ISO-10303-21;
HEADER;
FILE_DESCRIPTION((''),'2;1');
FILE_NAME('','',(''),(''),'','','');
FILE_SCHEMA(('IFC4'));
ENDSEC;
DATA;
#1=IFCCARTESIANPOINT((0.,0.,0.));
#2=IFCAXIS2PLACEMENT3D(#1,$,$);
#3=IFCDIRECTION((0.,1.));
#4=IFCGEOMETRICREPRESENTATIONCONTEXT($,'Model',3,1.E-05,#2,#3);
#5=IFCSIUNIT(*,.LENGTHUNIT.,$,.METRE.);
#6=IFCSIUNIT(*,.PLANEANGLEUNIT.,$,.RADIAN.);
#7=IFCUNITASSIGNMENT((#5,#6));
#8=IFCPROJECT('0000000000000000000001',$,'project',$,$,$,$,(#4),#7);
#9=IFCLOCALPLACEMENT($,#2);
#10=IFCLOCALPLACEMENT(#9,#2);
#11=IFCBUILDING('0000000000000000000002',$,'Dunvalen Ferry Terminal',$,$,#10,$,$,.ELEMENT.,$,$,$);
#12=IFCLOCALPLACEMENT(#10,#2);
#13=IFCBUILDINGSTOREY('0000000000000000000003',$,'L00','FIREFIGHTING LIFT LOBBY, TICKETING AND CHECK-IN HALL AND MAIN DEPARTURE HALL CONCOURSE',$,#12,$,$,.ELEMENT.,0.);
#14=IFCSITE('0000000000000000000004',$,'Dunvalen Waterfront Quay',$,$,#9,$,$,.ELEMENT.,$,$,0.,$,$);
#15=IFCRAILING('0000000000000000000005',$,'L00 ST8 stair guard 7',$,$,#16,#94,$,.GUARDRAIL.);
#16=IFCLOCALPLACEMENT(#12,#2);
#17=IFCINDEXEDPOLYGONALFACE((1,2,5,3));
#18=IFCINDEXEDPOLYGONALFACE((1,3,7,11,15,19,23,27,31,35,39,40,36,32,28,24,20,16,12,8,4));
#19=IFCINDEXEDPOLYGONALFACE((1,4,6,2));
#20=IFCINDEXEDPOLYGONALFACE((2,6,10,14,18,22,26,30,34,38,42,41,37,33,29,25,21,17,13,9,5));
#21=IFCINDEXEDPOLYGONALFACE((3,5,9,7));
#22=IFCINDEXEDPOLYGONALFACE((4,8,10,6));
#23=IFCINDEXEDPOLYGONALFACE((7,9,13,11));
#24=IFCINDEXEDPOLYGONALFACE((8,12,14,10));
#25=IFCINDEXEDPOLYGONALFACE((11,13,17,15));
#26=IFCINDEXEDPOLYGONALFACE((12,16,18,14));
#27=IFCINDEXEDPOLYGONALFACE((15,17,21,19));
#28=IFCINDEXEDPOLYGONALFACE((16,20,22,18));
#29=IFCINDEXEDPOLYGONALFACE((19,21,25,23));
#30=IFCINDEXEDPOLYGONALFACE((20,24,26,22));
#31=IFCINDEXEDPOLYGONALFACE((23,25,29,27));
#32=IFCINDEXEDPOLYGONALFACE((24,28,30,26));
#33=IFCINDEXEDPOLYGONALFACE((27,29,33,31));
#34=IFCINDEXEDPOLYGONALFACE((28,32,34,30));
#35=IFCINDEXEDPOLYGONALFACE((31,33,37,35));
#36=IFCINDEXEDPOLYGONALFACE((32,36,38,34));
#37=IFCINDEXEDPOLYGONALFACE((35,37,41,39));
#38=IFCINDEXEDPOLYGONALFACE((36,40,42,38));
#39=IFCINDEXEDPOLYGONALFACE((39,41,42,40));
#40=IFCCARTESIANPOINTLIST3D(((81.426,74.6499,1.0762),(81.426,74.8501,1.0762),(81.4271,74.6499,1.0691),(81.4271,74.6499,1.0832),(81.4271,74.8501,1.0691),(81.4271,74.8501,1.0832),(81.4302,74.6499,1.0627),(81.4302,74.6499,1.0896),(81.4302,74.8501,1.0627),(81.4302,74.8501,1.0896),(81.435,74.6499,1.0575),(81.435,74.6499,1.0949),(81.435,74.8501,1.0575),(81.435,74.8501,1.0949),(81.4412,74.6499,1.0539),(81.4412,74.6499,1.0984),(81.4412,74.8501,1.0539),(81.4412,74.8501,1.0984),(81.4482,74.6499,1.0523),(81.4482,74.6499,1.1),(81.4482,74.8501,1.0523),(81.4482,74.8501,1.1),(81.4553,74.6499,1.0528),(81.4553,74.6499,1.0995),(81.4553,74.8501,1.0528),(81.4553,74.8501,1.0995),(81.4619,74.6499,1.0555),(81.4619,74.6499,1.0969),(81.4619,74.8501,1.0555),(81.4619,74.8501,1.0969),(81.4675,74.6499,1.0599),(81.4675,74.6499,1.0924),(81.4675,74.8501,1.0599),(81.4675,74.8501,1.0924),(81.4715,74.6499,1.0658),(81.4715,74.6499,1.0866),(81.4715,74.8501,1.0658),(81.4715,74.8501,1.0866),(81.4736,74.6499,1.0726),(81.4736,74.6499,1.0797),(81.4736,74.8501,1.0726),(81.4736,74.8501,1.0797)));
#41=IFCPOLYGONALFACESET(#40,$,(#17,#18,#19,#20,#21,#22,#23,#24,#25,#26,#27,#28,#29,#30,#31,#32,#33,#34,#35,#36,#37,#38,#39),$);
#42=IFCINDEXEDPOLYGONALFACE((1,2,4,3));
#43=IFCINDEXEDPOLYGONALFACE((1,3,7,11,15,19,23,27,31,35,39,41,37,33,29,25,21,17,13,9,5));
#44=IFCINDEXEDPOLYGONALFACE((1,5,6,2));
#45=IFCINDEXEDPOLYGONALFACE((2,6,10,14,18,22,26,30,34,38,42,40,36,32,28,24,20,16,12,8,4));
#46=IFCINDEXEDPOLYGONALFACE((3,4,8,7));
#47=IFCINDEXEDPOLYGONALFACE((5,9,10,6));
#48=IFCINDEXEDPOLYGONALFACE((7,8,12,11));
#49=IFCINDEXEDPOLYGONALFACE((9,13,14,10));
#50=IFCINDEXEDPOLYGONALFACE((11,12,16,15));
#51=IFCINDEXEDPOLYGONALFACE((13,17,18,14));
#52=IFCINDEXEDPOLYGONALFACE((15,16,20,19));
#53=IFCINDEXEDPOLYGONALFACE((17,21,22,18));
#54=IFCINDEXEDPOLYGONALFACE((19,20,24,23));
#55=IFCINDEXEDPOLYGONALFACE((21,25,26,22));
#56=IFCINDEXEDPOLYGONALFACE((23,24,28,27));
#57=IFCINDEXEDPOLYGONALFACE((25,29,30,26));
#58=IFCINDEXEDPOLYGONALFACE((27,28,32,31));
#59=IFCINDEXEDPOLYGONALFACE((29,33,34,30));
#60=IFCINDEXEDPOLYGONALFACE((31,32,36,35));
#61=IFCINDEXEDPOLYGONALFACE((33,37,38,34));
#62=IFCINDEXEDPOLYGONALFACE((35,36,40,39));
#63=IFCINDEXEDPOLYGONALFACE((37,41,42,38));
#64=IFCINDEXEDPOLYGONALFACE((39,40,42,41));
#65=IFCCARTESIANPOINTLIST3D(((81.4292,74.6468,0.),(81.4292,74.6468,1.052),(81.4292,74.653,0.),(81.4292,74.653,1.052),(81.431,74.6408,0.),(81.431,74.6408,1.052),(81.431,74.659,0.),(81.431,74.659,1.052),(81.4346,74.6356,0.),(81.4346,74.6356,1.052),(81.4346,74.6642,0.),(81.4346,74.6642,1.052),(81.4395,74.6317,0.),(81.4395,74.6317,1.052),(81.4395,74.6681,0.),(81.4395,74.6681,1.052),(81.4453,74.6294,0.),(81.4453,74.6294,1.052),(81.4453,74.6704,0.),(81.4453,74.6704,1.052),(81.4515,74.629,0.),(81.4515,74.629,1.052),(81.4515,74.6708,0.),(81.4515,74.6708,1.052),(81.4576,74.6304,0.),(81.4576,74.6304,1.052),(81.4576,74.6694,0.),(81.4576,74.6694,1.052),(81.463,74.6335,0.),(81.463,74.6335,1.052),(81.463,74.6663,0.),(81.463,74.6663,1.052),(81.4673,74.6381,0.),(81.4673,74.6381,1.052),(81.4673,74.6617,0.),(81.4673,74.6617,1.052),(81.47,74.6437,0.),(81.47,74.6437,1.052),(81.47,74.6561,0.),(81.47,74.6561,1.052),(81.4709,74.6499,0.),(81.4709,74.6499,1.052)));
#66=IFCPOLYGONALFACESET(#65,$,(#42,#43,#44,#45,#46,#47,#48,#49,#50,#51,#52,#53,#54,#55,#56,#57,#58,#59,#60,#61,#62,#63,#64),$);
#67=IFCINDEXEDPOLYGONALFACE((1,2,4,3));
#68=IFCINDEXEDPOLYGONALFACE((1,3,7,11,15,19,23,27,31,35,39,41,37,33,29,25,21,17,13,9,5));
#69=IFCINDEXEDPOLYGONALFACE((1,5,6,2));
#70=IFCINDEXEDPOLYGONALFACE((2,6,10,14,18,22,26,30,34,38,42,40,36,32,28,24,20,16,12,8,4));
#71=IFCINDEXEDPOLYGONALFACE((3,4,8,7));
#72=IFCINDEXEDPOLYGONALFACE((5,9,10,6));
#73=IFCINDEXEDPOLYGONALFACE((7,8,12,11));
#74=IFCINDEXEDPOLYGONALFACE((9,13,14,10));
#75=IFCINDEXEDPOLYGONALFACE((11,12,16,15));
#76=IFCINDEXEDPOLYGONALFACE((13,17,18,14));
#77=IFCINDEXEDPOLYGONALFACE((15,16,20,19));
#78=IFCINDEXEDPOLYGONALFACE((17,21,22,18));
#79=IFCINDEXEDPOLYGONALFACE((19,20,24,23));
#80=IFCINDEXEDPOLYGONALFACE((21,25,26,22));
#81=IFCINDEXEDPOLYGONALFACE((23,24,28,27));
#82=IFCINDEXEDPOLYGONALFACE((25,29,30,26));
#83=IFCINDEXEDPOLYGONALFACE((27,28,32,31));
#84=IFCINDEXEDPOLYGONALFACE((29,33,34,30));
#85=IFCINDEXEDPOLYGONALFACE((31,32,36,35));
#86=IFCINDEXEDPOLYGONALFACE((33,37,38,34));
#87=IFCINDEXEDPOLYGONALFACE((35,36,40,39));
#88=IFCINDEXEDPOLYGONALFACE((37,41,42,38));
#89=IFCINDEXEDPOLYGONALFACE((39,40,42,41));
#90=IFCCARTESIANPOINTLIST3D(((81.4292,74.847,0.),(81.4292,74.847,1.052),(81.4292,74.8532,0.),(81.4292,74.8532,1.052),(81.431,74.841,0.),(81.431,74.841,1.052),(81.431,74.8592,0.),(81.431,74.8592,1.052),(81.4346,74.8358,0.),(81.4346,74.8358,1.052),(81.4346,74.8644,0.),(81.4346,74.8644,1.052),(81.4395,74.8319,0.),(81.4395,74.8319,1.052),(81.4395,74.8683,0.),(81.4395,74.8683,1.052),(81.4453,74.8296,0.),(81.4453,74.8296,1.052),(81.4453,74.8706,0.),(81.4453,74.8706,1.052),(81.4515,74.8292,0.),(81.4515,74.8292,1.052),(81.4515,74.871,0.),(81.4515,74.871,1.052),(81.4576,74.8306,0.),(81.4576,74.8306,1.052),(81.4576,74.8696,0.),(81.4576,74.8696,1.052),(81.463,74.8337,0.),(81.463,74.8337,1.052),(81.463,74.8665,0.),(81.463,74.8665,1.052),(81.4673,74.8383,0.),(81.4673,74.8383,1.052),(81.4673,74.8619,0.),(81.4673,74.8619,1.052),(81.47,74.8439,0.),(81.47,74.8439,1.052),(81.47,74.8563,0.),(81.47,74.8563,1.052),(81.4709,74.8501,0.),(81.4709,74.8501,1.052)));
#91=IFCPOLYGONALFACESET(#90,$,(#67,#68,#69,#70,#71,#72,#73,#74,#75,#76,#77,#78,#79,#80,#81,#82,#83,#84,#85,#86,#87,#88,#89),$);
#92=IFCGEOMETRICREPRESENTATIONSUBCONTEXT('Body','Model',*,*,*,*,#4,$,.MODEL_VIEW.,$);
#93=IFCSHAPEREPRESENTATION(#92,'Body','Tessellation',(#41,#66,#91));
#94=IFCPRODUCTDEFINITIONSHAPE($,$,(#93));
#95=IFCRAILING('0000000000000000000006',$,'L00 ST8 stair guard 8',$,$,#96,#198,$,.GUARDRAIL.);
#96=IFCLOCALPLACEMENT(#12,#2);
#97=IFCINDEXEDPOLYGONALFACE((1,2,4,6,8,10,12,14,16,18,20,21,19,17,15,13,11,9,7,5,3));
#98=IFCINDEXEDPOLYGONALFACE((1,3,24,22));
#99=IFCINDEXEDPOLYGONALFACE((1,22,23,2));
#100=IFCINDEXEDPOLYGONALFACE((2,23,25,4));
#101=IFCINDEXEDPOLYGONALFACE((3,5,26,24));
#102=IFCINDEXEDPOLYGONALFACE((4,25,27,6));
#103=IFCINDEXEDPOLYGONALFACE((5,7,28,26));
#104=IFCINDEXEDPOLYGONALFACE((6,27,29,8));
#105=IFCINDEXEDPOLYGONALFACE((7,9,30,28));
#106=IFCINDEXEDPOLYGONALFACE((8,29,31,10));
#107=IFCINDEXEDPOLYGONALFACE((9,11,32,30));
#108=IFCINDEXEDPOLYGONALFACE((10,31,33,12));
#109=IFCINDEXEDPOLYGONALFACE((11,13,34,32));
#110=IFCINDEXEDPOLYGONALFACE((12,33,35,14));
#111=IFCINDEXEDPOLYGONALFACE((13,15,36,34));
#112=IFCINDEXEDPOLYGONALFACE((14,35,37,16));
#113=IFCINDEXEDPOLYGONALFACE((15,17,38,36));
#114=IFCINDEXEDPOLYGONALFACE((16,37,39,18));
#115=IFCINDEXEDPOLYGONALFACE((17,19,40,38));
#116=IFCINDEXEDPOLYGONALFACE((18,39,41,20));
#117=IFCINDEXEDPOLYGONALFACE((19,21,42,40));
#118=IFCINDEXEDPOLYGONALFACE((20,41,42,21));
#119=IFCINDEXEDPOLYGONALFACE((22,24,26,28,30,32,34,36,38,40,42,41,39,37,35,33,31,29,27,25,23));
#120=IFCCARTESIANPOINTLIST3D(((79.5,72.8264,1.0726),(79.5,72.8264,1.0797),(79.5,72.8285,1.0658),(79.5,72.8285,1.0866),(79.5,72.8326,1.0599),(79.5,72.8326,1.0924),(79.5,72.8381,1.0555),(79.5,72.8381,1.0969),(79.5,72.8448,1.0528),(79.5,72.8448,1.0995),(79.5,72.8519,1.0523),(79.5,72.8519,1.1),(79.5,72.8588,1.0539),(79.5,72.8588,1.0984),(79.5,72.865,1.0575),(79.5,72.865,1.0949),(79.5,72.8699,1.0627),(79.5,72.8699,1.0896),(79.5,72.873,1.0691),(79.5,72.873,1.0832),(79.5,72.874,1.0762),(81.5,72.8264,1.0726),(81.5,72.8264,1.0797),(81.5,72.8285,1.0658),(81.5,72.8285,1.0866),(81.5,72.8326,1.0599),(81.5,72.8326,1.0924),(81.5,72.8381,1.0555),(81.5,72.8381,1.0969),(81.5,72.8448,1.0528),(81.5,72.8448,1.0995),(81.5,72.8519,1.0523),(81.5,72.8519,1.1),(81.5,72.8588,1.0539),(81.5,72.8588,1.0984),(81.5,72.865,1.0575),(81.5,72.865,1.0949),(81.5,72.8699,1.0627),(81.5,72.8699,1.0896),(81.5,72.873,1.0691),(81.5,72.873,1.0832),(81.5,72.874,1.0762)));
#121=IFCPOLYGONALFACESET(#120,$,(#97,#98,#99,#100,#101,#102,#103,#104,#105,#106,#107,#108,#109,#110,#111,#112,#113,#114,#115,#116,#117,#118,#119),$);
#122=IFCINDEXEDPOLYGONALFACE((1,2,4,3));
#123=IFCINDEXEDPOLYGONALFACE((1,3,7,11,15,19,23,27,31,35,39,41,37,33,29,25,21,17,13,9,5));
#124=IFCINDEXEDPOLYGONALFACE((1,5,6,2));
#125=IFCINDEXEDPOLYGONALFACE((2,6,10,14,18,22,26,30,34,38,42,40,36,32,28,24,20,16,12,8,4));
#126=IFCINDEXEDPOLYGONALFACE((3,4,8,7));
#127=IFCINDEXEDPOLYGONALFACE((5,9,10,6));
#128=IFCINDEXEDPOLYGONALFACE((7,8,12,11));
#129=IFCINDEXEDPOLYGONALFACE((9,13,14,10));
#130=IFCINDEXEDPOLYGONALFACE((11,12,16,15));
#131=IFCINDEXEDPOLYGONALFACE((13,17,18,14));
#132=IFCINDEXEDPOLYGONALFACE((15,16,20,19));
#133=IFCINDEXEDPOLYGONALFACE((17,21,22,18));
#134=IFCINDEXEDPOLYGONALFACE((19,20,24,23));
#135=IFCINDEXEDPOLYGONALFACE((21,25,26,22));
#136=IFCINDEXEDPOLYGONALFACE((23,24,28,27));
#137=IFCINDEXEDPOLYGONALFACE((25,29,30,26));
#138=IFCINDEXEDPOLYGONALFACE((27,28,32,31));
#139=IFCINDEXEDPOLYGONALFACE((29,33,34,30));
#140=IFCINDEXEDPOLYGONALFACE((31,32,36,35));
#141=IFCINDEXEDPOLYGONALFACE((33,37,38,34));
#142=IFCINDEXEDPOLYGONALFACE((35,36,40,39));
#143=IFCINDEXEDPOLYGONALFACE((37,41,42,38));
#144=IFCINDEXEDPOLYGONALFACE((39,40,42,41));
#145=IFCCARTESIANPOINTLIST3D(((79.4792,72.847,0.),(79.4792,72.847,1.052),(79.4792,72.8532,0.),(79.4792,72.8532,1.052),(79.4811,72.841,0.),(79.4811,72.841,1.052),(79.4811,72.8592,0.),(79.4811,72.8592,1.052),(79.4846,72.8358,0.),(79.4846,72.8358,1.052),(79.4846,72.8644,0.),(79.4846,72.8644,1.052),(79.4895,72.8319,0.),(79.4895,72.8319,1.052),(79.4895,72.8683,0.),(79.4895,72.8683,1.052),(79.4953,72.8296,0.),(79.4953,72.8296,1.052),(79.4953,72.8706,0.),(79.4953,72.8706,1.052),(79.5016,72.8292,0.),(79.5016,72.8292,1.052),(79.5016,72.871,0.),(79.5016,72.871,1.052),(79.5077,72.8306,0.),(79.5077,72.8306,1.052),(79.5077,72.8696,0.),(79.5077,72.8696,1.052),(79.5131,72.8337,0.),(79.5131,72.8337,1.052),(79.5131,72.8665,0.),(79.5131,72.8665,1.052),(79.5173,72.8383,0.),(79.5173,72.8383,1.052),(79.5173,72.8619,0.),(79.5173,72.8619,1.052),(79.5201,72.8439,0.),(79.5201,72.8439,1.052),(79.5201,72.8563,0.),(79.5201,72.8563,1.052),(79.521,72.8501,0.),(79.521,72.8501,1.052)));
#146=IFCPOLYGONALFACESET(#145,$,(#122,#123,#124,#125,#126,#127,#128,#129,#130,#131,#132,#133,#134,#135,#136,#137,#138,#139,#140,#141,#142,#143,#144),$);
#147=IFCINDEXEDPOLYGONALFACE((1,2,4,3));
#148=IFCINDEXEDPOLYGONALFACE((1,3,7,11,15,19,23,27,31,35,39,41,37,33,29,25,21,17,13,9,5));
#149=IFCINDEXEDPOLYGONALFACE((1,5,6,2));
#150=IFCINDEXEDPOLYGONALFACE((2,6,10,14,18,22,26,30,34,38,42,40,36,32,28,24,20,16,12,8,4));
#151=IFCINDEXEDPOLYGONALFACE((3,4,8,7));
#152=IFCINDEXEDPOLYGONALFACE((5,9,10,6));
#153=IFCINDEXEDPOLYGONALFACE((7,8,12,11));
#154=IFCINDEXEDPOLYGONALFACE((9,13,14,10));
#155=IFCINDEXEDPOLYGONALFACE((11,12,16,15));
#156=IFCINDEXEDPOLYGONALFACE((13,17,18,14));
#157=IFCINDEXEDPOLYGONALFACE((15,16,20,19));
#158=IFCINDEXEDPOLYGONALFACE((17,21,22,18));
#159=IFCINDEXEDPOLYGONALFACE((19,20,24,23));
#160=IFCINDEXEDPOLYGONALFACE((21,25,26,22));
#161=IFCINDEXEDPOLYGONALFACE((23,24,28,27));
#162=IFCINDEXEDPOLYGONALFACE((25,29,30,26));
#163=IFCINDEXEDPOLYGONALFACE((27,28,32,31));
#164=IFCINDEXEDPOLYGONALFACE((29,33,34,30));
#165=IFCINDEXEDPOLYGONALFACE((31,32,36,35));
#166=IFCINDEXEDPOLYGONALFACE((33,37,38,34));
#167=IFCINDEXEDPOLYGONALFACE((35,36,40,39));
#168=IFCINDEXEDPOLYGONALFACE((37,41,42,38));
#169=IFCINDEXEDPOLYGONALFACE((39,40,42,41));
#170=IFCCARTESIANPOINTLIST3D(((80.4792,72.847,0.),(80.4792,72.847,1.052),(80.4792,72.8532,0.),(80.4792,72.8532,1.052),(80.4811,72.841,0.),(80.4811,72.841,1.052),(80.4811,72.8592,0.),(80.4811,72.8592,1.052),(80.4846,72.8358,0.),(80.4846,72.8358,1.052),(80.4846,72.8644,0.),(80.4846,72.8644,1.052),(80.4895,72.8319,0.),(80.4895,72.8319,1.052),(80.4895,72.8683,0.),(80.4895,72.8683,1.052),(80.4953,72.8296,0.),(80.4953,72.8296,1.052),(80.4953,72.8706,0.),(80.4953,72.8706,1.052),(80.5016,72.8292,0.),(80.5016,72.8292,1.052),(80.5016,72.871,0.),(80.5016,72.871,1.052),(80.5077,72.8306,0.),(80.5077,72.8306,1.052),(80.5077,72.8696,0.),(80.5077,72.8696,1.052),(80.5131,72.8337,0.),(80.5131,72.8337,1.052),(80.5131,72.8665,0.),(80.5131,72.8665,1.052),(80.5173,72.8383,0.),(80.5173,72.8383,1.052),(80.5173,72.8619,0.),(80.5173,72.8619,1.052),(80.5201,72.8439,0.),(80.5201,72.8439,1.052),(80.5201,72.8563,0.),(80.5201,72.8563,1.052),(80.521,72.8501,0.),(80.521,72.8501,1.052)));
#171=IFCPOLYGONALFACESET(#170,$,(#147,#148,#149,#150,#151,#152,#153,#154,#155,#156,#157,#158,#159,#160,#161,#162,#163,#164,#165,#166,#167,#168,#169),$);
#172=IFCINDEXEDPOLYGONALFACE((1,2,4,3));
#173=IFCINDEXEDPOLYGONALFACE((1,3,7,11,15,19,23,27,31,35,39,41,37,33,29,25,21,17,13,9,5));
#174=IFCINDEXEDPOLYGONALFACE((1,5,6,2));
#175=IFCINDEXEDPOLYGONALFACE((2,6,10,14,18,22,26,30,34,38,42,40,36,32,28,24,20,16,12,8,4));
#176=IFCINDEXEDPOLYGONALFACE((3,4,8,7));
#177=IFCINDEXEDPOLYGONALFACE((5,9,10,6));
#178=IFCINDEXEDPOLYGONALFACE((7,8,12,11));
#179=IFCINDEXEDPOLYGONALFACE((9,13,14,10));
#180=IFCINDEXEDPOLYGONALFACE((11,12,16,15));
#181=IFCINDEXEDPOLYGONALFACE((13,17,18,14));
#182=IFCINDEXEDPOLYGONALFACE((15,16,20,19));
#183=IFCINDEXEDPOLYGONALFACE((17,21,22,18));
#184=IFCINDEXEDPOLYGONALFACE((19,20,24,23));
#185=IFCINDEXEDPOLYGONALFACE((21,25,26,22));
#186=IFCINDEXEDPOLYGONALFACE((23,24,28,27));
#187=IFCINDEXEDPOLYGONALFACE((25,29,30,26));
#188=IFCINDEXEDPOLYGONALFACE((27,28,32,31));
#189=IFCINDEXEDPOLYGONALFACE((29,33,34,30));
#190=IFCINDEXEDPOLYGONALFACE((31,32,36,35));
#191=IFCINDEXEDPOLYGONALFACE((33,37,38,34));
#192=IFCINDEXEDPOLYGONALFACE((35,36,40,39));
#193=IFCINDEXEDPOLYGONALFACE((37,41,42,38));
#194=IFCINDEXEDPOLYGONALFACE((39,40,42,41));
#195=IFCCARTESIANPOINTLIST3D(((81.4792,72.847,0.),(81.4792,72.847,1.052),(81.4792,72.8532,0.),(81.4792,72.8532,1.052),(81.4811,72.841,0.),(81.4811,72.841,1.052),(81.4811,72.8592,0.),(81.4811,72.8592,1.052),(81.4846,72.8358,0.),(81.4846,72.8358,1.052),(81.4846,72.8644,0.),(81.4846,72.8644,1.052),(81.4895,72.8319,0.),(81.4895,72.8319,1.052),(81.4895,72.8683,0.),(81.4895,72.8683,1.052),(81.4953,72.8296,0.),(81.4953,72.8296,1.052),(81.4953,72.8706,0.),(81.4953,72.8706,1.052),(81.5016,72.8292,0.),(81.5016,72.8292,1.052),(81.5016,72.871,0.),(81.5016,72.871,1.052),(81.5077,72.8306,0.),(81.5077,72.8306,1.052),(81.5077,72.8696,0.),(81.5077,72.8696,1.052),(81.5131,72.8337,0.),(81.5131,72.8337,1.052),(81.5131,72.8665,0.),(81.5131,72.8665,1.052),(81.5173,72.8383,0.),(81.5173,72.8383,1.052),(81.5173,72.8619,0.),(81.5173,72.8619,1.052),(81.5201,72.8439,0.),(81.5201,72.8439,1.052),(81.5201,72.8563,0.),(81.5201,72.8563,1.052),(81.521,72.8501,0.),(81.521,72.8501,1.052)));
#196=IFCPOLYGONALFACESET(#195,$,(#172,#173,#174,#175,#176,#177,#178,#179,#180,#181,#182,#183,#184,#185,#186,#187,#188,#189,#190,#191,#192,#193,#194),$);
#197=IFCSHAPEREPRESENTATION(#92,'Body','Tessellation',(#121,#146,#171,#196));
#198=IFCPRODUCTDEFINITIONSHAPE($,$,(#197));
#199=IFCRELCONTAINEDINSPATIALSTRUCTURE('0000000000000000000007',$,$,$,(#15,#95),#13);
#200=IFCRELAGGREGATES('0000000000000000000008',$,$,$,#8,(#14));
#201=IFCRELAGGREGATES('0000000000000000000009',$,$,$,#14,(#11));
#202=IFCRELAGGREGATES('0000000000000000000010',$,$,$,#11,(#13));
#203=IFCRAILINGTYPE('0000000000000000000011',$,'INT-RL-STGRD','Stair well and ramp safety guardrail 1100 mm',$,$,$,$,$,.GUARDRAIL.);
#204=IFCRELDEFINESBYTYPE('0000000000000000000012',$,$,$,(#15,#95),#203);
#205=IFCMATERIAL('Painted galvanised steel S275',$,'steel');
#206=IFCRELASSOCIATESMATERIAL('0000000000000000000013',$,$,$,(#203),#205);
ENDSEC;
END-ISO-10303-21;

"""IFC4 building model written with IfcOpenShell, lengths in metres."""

from ifc_helpers import new_model, si_unit, direction, frame, origin, origin_2d, place, context, subcontext, project, spatial, circle, extrude, material, type_object, element, save


model = new_model("IFC4")

# Units and contexts
model_context = context("Model", 3, precision=1e-05, world=origin(), true_north=direction((0.0, 1.0)))
body_context = subcontext(model_context, "Body", "Model", "MODEL_VIEW")
ifc_project = project(units=[si_unit("LENGTHUNIT", "METRE"), si_unit("PLANEANGLEUNIT", "RADIAN")], contexts=[model_context])

# Site, building, storey
site_placement = place(None, origin())
site = spatial("IfcSite", under=ifc_project, at=site_placement, Name="Dunvalen Waterfront Quay", CompositionType="ELEMENT", RefElevation=0.0)
building_placement = place(site_placement, origin())
building = spatial("IfcBuilding", under=site, at=building_placement, Name="Dunvalen Ferry Terminal", CompositionType="ELEMENT")
storey_placement = place(building_placement, origin())
storey = spatial("IfcBuildingStorey", under=building, at=storey_placement, Name="L00", Description="FIREFIGHTING LIFT LOBBY, TICKETING AND CHECK-IN HALL AND MAIN DEPARTURE HALL CONCOURSE", CompositionType="ELEMENT", Elevation=0.0)

# Railings
ifc_material_1 = material(Name="Painted galvanised steel S275", Category="steel")
railing_type_1 = type_object("IfcRailingType", Name="INT-RL-STGRD", Description="Stair well and ramp safety guardrail 1100 mm", PredefinedType="GUARDRAIL", material=ifc_material_1)
railing_1_placement = place(storey_placement, frame((81.45, 74.6499, 0.0)))
element("IfcRailing", 1, at=railing_1_placement, inside=storey, type_object=railing_type_1, Name="L00 ST8 stair guard 7", PredefinedType="GUARDRAIL", context=body_context, shape_type="SweptSolid", body=[
    extrude(circle(Radius=0.0239, at=origin_2d()), frame((0.0, 0.0, 1.0762), z_axis=(0.0, 1.0, 0.0), x_axis=(-1.0, 0.0, 0.0)), (0.0, 0.0, 1.0), 0.2002),
    extrude(circle(Radius=0.021, at=origin_2d()), origin(), (0.0, 0.0, 1.0), 1.052),
    extrude(circle(Radius=0.021, at=origin_2d()), frame((0.0, 0.2002, 0.0)), (0.0, 0.0, 1.0), 1.052),
])
for number, where, name in (
    (2, (79.5, 72.8501, 0.0), "L00 ST8 stair guard 8"),
):
    element("IfcRailing", number, at=place(storey_placement, frame(where)), inside=storey, type_object=railing_type_1, Name=name, PredefinedType="GUARDRAIL", context=body_context, shape_type="SweptSolid", body=[
        extrude(circle(Radius=0.0239, at=origin_2d()), frame((0.0, 0.0, 1.0762), z_axis=(1.0, 0.0, 0.0), x_axis=(0.0, 1.0, 0.0)), (0.0, 0.0, 1.0), 2.0),
        extrude(circle(Radius=0.021, at=origin_2d()), origin(), (0.0, 0.0, 1.0), 1.052),
        extrude(circle(Radius=0.021, at=origin_2d()), frame((1.0, 0.0, 0.0)), (0.0, 0.0, 1.0), 1.052),
        extrude(circle(Radius=0.021, at=origin_2d()), frame((2.0, 0.0, 0.0)), (0.0, 0.0, 1.0), 1.052),
    ])

save(model, "model.ifc")
